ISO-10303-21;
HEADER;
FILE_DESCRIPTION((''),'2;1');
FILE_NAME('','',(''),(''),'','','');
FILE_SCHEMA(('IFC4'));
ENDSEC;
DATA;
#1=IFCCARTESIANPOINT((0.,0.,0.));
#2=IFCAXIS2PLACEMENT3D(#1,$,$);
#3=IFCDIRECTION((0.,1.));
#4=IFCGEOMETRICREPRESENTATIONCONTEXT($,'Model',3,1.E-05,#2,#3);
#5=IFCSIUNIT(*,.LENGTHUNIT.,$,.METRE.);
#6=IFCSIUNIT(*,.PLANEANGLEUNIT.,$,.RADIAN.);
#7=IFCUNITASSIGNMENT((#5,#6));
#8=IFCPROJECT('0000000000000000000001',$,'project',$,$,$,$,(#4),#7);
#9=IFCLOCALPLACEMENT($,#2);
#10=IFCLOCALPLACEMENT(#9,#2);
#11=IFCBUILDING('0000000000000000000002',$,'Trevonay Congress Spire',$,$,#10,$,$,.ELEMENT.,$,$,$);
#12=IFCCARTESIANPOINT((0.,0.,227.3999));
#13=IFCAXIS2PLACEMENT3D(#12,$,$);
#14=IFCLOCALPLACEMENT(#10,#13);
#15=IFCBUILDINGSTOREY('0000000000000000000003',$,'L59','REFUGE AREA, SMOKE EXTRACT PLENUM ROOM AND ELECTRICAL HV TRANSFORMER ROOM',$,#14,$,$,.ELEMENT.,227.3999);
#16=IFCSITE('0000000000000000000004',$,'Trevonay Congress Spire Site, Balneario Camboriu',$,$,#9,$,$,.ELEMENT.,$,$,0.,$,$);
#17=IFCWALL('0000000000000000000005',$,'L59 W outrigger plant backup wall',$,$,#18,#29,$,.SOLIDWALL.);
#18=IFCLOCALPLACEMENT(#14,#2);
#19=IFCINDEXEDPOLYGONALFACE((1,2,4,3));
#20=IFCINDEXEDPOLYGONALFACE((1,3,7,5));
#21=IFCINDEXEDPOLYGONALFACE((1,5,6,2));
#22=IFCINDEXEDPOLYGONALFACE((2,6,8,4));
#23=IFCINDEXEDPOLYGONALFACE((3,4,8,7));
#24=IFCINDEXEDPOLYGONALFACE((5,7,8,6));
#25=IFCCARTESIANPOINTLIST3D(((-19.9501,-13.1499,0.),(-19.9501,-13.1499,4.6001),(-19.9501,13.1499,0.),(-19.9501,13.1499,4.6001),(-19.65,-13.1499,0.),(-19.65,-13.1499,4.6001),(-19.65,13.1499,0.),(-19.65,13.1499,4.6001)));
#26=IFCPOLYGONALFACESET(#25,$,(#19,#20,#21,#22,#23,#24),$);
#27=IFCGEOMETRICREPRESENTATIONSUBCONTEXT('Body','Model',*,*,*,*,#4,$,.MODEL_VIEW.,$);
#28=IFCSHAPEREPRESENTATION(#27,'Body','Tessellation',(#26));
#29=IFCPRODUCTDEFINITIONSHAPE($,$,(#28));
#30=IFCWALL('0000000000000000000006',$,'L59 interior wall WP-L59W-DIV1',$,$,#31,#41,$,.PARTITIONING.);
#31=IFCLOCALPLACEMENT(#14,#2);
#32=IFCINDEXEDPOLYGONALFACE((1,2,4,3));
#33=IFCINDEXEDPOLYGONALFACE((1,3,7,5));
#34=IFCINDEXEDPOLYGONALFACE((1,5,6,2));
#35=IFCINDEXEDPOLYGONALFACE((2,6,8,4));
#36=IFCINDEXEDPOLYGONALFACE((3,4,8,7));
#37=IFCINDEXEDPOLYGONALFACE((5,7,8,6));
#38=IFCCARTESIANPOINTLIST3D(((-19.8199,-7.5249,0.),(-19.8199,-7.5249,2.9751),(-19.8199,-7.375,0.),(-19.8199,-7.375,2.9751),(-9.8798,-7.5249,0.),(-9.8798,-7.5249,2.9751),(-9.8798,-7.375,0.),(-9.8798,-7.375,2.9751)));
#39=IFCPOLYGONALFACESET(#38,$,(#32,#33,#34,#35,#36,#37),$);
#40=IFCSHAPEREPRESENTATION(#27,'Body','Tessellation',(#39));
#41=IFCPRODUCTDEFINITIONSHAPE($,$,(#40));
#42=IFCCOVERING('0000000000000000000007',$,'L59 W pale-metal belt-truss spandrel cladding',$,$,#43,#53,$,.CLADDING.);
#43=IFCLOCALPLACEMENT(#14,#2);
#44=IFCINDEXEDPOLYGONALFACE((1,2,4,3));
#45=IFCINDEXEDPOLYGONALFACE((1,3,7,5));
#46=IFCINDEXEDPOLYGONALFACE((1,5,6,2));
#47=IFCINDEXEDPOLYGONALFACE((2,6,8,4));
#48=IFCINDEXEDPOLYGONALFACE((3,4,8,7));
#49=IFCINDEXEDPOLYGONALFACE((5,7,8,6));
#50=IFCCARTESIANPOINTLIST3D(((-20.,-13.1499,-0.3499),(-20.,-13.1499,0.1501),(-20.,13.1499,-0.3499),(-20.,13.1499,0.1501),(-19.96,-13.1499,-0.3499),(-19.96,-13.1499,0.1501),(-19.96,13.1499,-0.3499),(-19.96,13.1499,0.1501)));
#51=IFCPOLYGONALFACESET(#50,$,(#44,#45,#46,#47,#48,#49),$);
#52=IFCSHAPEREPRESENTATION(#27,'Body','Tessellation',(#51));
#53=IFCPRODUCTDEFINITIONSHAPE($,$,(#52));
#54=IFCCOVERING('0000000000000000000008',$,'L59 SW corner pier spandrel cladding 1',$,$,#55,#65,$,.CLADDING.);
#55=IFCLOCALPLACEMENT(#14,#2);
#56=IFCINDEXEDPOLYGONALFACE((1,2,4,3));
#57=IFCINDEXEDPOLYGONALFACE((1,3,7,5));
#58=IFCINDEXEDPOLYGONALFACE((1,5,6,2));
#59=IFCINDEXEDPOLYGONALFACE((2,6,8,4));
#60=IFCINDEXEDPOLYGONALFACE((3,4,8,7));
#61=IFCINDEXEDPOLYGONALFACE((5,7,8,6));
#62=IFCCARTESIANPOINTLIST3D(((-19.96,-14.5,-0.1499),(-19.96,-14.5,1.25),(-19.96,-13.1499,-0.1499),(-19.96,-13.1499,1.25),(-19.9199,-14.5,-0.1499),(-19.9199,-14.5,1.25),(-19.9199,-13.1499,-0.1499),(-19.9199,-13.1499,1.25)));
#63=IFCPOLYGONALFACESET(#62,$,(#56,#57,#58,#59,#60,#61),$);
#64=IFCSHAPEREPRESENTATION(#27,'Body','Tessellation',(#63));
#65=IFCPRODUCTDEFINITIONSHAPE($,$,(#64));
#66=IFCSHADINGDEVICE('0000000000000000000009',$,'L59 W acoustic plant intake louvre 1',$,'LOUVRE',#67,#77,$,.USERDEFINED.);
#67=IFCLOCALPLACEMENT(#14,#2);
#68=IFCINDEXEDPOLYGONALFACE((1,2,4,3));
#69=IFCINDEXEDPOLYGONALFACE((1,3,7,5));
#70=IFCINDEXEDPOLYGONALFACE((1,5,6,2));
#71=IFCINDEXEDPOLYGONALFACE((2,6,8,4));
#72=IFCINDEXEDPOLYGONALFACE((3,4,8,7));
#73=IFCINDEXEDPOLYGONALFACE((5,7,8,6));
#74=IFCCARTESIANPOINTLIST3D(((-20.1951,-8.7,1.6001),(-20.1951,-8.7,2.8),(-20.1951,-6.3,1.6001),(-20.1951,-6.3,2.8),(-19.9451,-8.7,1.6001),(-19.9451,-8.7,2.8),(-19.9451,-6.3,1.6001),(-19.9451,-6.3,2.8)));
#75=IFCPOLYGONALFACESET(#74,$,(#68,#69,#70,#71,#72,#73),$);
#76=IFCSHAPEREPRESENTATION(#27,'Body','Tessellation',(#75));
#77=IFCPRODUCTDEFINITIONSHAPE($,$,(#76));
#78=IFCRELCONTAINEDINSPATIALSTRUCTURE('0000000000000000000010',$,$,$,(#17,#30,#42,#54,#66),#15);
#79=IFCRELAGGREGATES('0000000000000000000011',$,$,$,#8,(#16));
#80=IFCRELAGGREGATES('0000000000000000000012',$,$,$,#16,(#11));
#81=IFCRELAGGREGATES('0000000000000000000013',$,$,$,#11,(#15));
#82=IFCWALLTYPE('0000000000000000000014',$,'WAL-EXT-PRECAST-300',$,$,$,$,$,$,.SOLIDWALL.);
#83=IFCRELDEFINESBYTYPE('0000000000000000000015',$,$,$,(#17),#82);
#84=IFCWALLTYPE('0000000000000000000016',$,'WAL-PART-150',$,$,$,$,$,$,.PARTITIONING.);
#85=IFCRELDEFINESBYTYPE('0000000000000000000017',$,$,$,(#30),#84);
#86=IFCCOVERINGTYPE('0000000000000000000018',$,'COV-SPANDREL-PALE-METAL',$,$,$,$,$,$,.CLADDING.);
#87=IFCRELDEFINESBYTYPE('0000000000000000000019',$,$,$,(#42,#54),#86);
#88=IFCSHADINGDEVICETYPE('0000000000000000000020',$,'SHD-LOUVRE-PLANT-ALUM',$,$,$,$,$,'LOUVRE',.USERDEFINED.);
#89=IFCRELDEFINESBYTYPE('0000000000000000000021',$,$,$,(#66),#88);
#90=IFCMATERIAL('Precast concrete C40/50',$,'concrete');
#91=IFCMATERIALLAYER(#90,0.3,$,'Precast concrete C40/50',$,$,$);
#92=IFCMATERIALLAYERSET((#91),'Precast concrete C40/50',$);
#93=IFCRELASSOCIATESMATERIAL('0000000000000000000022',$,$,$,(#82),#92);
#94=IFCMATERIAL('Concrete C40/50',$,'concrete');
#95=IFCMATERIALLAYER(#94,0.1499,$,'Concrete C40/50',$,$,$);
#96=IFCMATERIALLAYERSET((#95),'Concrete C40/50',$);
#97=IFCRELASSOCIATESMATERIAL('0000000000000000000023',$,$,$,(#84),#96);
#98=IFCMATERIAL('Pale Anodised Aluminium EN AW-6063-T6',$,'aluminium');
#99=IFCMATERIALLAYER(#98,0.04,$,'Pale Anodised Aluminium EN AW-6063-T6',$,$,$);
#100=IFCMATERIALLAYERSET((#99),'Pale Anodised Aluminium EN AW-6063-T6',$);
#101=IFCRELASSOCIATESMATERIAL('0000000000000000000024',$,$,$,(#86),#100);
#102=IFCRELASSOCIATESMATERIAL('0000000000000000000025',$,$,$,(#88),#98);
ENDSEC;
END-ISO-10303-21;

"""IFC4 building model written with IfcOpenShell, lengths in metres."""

from ifc_helpers import new_model, si_unit, direction, frame, frame_2d, origin, origin_2d, place, context, subcontext, project, spatial, rectangle, extrude, material, layer, layer_set, type_object, element, save


model = new_model("IFC4")

# Units and contexts
model_context = context("Model", 3, precision=1e-05, world=origin(), true_north=direction((0.0, 1.0)))
body_context = subcontext(model_context, "Body", "Model", "MODEL_VIEW")
ifc_project = project(units=[si_unit("LENGTHUNIT", "METRE"), si_unit("PLANEANGLEUNIT", "RADIAN")], contexts=[model_context])

# Site, building, storey
site_placement = place(None, origin())
site = spatial("IfcSite", under=ifc_project, at=site_placement, Name="Trevonay Congress Spire Site, Balneario Camboriu", CompositionType="ELEMENT", RefElevation=0.0)
building_placement = place(site_placement, origin())
building = spatial("IfcBuilding", under=site, at=building_placement, Name="Trevonay Congress Spire", CompositionType="ELEMENT")
storey_placement = place(building_placement, frame((0.0, 0.0, 227.3999)))
storey = spatial("IfcBuildingStorey", under=building, at=storey_placement, Name="L59", Description="REFUGE AREA, SMOKE EXTRACT PLENUM ROOM AND ELECTRICAL HV TRANSFORMER ROOM", CompositionType="ELEMENT", Elevation=227.3999)

# Shared definitions
ifc_material_1 = material(Name="Concrete C40/50", Category="concrete")
ifc_material_2 = material(Name="Pale Anodised Aluminium EN AW-6063-T6", Category="aluminium")

# Walls
ifc_material_3 = material(Name="Precast concrete C40/50", Category="concrete")
ifc_layer_1 = layer(ifc_material_3, 0.3, Name="Precast concrete C40/50")
ifc_layer_set_1 = layer_set([ifc_layer_1], Name="Precast concrete C40/50")
wall_type_1 = type_object("IfcWallType", Name="WAL-EXT-PRECAST-300", PredefinedType="SOLIDWALL", material=ifc_layer_set_1)
wall_1_placement = place(storey_placement, frame((-19.8, -13.1499, 0.0), z_axis=(0.0, 0.0, 1.0), x_axis=(0.0, 1.0, 0.0)))
element("IfcWall", 1, at=wall_1_placement, inside=storey, type_object=wall_type_1, Name="L59 W outrigger plant backup wall", PredefinedType="SOLIDWALL", context=body_context, shape_type="SweptSolid", body=[
    extrude(rectangle(XDim=26.2998, YDim=0.3, at=frame_2d((13.1499, 0.0))), origin(), (0.0, 0.0, 1.0), 4.6001),
])
ifc_layer_2 = layer(ifc_material_1, 0.1499, Name="Concrete C40/50")
ifc_layer_set_2 = layer_set([ifc_layer_2], Name="Concrete C40/50")
wall_type_2 = type_object("IfcWallType", Name="WAL-PART-150", PredefinedType="PARTITIONING", material=ifc_layer_set_2)
wall_2_placement = place(storey_placement, frame((-19.8201, -7.45, 0.0), z_axis=(0.0, 0.0, 1.0), x_axis=(1.0, 0.0, 0.0)))
element("IfcWall", 2, at=wall_2_placement, inside=storey, type_object=wall_type_2, Name="L59 interior wall WP-L59W-DIV1", PredefinedType="PARTITIONING", context=body_context, shape_type="SweptSolid", body=[
    extrude(rectangle(XDim=9.9402, YDim=0.1499, at=frame_2d((4.9702, 0.0))), origin(), (0.0, 0.0, 1.0), 2.9751),
])

# Coverings
ifc_layer_3 = layer(ifc_material_2, 0.04, Name="Pale Anodised Aluminium EN AW-6063-T6")
ifc_layer_set_3 = layer_set([ifc_layer_3], Name="Pale Anodised Aluminium EN AW-6063-T6")
covering_type = type_object("IfcCoveringType", Name="COV-SPANDREL-PALE-METAL", PredefinedType="CLADDING", material=ifc_layer_set_3)
covering_1_placement = place(storey_placement, frame((-19.98, -13.1499, -0.3499), z_axis=(0.0, 0.0, 1.0), x_axis=(0.0, 1.0, 0.0)))
element("IfcCovering", 3, at=covering_1_placement, inside=storey, type_object=covering_type, Name="L59 W pale-metal belt-truss spandrel cladding", PredefinedType="CLADDING", context=body_context, shape_type="SweptSolid", body=[
    extrude(rectangle(XDim=26.2998, YDim=0.04, at=frame_2d((13.1499, 0.0))), origin(), (0.0, 0.0, 1.0), 0.5),
])
covering_2_placement = place(storey_placement, frame((-19.9399, -13.1499, -0.1499), z_axis=(0.0, 0.0, 1.0), x_axis=(0.0, -1.0, 0.0)))
element("IfcCovering", 4, at=covering_2_placement, inside=storey, type_object=covering_type, Name="L59 SW corner pier spandrel cladding 1", PredefinedType="CLADDING", context=body_context, shape_type="SweptSolid", body=[
    extrude(rectangle(XDim=1.3501, YDim=0.04, at=frame_2d((0.675, 0.0))), origin(), (0.0, 0.0, 1.0), 1.3999),
])

# Shading device
shading_device_type = type_object("IfcShadingDeviceType", Name="SHD-LOUVRE-PLANT-ALUM", ElementType="LOUVRE", PredefinedType="USERDEFINED", material=ifc_material_2)
shading_device_placement = place(storey_placement, frame((-20.0701, -7.5, 1.6001), z_axis=(0.0, 0.0, 1.0), x_axis=(0.0, 1.0, 0.0)))
element("IfcShadingDevice", 5, at=shading_device_placement, inside=storey, type_object=shading_device_type, Name="L59 W acoustic plant intake louvre 1", ObjectType="LOUVRE", PredefinedType="USERDEFINED", context=body_context, shape_type="SweptSolid", body=[
    extrude(rectangle(XDim=2.3999, YDim=0.25, at=origin_2d()), origin(), (0.0, 0.0, 1.0), 1.2),
])

save(model, "model.ifc")
